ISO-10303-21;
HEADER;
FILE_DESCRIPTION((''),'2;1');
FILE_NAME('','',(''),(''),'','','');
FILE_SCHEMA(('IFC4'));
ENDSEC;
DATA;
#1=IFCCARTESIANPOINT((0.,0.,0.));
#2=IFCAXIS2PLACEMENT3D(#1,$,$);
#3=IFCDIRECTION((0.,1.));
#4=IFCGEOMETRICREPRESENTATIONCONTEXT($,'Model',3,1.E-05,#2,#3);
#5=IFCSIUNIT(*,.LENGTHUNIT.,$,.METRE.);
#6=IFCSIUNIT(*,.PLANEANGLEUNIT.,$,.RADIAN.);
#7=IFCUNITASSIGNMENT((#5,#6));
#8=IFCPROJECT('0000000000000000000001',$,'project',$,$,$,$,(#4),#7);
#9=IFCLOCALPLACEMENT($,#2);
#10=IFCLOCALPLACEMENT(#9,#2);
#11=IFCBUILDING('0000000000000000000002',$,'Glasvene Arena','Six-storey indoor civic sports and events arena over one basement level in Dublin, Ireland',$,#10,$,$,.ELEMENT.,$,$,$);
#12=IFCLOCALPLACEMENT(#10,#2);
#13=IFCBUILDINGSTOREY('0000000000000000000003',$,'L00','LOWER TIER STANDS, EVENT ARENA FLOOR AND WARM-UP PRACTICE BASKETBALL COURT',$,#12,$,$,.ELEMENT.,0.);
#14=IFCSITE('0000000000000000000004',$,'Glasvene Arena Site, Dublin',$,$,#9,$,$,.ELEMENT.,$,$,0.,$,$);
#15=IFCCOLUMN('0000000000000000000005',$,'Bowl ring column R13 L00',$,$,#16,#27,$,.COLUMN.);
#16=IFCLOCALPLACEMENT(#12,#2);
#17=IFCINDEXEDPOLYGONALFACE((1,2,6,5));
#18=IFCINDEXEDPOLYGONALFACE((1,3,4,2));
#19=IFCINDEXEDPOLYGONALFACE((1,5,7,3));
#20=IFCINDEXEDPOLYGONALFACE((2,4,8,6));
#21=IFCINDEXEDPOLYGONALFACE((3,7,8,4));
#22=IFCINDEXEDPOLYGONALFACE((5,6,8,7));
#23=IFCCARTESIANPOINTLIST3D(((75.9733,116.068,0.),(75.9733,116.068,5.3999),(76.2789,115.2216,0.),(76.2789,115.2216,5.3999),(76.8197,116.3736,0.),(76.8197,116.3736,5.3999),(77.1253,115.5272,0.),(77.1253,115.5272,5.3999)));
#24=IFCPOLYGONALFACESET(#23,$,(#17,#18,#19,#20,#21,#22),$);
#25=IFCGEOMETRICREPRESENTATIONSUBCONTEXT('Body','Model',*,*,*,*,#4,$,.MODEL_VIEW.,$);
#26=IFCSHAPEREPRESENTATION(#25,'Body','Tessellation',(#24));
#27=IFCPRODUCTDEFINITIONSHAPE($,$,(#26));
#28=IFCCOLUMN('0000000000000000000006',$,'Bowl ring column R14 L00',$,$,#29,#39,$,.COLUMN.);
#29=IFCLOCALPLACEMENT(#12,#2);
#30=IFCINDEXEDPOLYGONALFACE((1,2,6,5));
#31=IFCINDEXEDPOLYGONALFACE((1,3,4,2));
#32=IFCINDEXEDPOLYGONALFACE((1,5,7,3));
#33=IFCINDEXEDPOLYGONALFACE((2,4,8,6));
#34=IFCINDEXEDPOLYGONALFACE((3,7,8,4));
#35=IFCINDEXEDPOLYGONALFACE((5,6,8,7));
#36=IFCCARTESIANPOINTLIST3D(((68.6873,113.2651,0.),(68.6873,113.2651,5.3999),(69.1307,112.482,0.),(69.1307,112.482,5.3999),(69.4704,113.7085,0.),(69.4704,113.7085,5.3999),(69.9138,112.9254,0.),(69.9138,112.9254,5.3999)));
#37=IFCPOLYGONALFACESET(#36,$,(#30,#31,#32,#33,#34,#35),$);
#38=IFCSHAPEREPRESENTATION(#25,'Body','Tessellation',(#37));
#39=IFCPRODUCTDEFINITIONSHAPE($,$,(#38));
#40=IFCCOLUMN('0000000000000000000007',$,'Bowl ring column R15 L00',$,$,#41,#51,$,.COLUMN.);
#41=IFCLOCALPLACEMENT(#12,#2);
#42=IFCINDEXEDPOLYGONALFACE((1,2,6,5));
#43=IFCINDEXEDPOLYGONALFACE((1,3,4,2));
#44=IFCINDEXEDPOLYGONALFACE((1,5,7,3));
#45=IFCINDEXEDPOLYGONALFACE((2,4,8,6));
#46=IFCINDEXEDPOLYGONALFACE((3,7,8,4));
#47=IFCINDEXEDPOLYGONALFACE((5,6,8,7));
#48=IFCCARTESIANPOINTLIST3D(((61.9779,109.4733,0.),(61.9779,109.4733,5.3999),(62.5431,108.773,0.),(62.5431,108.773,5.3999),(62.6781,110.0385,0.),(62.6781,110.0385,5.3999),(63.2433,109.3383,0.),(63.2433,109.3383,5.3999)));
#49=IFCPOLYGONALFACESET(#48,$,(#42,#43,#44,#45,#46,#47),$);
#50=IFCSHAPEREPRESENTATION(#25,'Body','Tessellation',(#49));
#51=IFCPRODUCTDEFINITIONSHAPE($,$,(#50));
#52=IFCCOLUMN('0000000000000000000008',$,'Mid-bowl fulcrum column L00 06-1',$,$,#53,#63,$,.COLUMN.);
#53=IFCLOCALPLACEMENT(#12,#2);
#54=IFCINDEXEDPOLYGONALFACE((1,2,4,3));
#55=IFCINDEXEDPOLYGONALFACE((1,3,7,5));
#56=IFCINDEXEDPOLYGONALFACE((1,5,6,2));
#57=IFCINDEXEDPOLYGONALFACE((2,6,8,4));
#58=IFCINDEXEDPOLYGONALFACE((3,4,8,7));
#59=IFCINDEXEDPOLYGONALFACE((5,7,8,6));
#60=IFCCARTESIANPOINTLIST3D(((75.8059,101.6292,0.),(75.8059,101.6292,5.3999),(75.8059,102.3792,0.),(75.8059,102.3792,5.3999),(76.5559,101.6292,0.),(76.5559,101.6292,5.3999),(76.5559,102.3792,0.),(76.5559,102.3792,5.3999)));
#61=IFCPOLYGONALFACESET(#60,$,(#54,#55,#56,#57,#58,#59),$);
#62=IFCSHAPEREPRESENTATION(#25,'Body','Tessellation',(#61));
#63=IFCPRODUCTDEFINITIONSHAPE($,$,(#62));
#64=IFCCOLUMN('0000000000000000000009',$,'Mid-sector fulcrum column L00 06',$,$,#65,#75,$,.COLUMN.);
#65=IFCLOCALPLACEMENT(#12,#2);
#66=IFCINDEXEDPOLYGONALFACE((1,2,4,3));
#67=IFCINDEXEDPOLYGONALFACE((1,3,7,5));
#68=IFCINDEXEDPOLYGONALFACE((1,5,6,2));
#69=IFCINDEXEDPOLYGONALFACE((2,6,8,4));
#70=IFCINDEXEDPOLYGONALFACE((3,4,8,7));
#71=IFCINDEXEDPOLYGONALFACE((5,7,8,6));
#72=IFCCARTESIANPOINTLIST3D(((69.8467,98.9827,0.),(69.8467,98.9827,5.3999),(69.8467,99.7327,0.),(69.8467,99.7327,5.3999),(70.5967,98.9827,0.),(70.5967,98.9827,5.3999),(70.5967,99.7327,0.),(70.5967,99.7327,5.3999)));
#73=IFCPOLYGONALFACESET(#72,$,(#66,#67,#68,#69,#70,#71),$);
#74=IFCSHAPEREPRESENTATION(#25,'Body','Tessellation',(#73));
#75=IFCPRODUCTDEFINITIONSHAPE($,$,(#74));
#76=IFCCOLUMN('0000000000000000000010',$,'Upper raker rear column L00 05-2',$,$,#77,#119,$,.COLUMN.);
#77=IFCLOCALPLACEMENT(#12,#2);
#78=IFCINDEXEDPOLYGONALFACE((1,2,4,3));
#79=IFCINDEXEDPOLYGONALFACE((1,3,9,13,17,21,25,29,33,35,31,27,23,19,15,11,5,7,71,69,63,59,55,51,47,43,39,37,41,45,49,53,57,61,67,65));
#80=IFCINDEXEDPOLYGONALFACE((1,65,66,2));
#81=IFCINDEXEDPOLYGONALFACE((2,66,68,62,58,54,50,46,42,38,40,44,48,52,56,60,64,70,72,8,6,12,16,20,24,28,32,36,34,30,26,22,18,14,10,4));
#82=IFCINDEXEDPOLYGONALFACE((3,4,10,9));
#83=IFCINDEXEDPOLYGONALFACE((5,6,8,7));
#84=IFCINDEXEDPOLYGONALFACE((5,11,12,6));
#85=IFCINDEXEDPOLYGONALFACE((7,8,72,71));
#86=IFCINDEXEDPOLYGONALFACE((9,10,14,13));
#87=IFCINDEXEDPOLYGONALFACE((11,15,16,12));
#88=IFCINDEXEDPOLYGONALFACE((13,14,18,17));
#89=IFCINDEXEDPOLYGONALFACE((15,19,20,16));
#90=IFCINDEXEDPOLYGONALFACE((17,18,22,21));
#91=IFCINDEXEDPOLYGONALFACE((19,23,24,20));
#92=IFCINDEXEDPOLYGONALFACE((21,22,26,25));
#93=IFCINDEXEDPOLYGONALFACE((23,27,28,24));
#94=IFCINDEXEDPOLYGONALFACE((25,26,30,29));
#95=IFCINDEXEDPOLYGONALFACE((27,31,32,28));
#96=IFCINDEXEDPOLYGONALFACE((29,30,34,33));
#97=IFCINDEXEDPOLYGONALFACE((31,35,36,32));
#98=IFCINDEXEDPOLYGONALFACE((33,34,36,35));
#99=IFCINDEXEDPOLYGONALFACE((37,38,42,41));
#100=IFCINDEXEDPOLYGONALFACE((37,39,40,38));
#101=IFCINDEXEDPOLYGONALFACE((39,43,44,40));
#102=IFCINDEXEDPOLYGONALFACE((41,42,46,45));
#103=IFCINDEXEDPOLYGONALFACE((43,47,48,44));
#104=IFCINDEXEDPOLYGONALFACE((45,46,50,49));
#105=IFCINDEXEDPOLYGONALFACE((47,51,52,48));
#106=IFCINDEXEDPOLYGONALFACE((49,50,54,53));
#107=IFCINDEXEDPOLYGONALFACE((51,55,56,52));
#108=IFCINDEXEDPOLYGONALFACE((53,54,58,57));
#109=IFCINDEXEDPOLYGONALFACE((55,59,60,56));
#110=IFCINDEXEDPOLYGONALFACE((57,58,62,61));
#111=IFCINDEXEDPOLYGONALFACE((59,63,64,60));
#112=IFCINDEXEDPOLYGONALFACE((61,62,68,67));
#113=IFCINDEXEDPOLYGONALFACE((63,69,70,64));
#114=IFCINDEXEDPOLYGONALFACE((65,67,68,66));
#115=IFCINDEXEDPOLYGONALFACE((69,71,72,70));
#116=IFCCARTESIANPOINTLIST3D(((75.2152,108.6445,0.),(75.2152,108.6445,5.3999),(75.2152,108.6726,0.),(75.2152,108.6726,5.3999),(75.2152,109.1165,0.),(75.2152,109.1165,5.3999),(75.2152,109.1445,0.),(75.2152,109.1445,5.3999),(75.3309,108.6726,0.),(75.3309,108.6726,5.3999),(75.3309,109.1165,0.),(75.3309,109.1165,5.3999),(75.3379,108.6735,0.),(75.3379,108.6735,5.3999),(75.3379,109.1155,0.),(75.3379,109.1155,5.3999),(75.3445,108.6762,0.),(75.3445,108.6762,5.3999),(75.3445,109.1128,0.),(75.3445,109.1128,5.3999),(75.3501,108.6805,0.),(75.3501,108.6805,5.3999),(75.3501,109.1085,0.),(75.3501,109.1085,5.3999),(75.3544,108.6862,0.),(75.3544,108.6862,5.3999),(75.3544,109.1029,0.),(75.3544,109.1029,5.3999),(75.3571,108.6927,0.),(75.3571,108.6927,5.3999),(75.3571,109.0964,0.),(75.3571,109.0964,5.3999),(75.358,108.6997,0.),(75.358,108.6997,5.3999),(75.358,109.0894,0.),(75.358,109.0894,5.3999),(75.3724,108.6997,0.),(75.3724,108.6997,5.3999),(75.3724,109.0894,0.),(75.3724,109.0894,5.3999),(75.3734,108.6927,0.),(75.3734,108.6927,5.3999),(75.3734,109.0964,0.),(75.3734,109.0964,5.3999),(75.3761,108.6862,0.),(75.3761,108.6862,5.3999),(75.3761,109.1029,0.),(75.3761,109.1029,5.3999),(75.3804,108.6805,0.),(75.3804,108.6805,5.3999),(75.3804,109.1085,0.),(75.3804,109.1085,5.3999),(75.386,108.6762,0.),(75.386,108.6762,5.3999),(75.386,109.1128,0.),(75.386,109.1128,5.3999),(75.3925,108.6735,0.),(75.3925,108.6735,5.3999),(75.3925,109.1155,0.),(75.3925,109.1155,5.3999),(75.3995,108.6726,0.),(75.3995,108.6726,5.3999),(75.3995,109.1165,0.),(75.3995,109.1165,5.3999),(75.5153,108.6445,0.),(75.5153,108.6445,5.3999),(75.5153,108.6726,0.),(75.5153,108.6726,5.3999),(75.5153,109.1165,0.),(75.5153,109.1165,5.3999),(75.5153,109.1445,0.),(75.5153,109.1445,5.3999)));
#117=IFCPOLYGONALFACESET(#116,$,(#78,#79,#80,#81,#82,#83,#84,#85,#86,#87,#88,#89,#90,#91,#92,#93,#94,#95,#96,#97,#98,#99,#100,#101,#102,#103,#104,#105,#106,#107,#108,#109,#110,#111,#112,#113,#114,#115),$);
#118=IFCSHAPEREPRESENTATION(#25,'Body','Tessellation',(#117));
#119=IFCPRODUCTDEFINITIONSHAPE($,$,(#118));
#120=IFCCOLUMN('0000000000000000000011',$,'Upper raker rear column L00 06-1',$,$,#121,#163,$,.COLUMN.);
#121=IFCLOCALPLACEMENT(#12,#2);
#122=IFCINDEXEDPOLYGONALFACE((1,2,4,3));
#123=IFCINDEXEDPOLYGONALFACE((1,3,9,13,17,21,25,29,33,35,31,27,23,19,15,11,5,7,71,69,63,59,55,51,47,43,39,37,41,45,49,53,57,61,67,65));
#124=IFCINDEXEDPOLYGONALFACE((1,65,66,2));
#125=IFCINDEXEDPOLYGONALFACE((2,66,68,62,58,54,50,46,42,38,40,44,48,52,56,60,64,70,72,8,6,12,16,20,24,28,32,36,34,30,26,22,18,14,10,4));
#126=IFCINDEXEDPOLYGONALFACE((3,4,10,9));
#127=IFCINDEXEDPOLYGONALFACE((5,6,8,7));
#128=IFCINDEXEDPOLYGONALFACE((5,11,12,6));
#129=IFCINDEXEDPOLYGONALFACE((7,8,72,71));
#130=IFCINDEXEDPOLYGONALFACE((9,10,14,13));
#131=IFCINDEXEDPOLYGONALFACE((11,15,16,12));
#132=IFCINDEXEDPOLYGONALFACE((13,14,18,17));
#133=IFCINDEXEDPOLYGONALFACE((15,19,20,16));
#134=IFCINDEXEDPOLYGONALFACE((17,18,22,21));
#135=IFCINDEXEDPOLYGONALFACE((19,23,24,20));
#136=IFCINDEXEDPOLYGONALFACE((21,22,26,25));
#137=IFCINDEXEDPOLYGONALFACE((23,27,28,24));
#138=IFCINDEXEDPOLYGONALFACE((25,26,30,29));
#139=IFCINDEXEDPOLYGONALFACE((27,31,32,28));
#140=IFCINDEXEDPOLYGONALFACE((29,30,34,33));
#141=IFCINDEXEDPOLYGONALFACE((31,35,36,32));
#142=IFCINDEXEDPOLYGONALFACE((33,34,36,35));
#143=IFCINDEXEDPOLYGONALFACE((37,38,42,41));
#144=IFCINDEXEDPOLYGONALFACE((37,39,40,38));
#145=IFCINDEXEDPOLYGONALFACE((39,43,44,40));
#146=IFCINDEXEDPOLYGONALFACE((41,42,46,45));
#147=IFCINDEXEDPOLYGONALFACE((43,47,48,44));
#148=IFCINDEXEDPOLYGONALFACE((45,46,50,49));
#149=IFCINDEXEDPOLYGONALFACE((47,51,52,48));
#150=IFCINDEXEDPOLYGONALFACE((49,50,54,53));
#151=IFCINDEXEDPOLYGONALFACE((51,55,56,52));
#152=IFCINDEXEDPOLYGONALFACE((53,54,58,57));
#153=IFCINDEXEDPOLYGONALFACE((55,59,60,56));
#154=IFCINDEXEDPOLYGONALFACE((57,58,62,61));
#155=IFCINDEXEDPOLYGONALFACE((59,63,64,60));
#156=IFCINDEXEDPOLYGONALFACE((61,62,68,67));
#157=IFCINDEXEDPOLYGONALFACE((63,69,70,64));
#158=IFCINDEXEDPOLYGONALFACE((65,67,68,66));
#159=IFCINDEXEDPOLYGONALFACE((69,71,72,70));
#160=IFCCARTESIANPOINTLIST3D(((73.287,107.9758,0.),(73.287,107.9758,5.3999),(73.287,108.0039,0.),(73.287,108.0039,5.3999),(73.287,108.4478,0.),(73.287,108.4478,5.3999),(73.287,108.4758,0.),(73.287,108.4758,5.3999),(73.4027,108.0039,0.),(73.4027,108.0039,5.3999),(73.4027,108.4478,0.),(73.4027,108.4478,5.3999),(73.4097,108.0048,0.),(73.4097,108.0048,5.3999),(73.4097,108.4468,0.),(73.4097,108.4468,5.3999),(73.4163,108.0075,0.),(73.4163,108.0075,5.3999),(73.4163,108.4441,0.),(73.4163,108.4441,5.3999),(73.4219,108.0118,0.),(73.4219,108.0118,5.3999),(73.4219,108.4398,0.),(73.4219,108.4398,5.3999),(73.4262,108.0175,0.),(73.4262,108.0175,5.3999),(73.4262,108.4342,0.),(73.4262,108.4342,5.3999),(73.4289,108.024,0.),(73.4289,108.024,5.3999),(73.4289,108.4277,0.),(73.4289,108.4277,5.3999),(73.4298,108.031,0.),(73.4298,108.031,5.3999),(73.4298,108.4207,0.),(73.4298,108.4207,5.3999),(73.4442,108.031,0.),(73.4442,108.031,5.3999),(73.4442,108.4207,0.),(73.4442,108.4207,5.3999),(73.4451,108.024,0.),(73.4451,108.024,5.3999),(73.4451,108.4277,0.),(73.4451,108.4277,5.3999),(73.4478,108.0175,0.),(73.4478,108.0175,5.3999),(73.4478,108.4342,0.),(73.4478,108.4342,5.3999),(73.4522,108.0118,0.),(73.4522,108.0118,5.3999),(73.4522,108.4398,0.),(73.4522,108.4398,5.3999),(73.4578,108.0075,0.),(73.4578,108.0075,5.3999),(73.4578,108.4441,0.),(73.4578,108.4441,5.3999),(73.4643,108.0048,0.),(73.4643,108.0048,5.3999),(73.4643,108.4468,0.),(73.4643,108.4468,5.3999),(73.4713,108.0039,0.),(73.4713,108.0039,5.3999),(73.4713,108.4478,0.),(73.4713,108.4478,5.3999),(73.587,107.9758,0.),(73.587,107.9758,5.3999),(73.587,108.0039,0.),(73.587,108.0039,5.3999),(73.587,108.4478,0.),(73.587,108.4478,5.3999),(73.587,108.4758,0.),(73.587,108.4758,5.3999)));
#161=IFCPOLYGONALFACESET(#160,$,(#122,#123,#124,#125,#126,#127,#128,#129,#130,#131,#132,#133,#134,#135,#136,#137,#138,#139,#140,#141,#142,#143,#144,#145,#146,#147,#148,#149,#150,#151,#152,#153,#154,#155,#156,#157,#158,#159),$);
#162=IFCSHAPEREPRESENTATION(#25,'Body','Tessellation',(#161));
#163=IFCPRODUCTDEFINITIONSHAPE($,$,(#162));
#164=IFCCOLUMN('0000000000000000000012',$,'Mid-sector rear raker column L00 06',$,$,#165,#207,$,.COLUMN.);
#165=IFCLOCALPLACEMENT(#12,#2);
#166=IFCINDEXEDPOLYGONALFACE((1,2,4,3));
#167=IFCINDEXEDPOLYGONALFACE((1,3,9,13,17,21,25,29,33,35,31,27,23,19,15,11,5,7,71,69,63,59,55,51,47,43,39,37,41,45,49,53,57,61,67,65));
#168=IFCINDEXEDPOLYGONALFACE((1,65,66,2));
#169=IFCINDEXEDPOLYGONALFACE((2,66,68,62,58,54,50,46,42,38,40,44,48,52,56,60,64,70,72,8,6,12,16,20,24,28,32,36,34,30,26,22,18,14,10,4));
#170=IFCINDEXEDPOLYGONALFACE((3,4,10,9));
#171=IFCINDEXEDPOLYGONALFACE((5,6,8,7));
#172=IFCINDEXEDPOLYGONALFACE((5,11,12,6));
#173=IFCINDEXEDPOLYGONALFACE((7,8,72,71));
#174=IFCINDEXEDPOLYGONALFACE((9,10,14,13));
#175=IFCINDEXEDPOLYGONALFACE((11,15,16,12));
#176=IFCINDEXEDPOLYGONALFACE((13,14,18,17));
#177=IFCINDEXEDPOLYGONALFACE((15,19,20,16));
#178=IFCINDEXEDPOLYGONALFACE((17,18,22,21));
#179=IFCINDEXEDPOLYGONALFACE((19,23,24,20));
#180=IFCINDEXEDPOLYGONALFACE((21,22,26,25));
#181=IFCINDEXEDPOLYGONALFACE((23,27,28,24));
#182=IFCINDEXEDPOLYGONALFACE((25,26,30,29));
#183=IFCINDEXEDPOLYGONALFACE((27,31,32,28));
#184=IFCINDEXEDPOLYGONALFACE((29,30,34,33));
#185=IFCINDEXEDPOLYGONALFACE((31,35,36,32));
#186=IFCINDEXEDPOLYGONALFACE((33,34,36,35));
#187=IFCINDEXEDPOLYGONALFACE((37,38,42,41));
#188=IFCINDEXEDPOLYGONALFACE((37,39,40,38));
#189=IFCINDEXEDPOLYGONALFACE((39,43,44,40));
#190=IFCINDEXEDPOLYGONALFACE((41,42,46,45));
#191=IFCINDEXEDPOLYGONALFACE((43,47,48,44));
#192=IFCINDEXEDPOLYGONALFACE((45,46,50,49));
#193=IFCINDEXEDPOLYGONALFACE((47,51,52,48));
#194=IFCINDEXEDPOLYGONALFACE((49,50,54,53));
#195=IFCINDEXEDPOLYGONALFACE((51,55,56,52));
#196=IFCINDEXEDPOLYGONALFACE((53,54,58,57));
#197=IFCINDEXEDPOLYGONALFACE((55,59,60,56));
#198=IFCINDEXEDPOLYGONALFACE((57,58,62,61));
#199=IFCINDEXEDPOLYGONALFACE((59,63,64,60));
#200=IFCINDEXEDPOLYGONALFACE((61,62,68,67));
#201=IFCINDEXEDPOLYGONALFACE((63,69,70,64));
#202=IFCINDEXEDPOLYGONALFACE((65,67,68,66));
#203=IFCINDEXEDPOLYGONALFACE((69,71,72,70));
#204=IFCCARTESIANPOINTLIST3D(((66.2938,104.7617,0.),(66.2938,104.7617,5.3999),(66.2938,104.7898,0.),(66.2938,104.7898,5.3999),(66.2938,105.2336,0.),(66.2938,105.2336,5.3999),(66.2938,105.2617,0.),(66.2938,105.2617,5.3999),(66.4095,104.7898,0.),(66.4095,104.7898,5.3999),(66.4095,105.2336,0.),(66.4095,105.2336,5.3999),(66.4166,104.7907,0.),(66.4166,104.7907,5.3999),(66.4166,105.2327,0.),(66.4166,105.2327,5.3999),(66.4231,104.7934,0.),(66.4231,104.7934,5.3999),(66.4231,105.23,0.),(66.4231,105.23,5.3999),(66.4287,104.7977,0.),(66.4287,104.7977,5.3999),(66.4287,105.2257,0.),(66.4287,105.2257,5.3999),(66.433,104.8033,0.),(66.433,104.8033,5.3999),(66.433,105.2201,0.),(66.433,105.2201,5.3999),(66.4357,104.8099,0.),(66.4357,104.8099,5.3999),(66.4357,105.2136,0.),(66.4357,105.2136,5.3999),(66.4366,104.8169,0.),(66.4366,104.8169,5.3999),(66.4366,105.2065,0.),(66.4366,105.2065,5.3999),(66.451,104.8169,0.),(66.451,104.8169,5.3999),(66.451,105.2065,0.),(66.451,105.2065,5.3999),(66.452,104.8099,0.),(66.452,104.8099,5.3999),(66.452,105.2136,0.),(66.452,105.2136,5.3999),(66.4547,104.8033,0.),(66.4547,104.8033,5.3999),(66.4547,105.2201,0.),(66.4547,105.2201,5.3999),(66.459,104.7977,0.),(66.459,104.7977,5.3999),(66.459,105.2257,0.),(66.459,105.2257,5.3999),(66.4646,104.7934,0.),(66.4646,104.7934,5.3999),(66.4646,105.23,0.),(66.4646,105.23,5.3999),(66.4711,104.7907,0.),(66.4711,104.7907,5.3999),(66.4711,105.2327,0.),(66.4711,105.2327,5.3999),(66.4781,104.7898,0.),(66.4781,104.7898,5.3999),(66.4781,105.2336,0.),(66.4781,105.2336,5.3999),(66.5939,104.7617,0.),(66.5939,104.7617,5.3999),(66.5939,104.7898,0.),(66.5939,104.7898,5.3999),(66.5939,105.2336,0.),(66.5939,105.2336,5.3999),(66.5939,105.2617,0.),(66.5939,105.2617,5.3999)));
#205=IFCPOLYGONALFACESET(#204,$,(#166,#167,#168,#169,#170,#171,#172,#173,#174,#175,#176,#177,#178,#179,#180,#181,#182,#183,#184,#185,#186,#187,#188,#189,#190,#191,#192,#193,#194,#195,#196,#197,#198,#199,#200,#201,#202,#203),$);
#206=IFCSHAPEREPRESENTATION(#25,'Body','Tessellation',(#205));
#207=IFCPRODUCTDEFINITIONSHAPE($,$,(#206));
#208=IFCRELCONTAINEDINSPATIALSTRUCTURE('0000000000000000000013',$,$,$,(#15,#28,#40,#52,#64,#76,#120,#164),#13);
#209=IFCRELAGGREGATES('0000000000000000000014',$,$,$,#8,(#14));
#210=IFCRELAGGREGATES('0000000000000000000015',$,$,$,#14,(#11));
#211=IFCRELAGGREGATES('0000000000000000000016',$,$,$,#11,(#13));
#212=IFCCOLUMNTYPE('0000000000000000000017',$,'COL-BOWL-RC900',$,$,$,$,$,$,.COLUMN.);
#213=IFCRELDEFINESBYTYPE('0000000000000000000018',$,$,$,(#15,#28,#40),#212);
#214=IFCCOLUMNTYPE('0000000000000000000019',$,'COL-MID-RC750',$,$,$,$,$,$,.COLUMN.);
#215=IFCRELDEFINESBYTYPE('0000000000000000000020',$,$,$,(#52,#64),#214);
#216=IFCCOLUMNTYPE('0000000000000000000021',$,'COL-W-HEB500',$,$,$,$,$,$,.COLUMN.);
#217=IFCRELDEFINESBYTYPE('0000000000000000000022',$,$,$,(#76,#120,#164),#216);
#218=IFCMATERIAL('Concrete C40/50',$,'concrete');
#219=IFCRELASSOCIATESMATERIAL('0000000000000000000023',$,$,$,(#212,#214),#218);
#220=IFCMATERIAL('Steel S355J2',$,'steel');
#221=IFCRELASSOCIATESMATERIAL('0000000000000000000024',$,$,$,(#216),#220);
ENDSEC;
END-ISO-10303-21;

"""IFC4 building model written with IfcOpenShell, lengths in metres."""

from ifc_helpers import new_model, si_unit, direction, frame, origin, origin_2d, place, context, subcontext, project, spatial, rectangle, i_section, extrude, material, material_profile, profile_set, type_object, element, save


model = new_model("IFC4")

# Units and contexts
model_context = context("Model", 3, precision=1e-05, world=origin(), true_north=direction((0.0, 1.0)))
body_context = subcontext(model_context, "Body", "Model", "MODEL_VIEW")
ifc_project = project(units=[si_unit("LENGTHUNIT", "METRE"), si_unit("PLANEANGLEUNIT", "RADIAN")], contexts=[model_context])

# Site, building, storey
site_placement = place(None, origin())
site = spatial("IfcSite", under=ifc_project, at=site_placement, Name="Glasvene Arena Site, Dublin", CompositionType="ELEMENT", RefElevation=0.0)
building_placement = place(site_placement, origin())
building = spatial("IfcBuilding", under=site, at=building_placement, Name="Glasvene Arena", Description="Six-storey indoor civic sports and events arena over one basement level in Dublin, Ireland", CompositionType="ELEMENT")
storey_placement = place(building_placement, origin())
storey = spatial("IfcBuildingStorey", under=building, at=storey_placement, Name="L00", Description="LOWER TIER STANDS, EVENT ARENA FLOOR AND WARM-UP PRACTICE BASKETBALL COURT", CompositionType="ELEMENT", Elevation=0.0)

# Columns
ifc_material_1 = material(Name="Concrete C40/50", Category="concrete")
ifc_material_profile_1 = material_profile(ifc_material_1, rectangle(XDim=0.8999, YDim=0.8999, at=origin_2d()), Name="RC 900x900")
ifc_profile_set_1 = profile_set([ifc_material_profile_1], Name="Concrete C40/50")
column_type_1 = type_object("IfcColumnType", Name="COL-BOWL-RC900", PredefinedType="COLUMN", material=ifc_profile_set_1)
for number, where, z_axis, x_axis, name in (
    (1, (76.5493, 115.7976, 0.0), (0.0, 0.0, 1.0), (-0.339559, 0.940585, 0.0), "Bowl ring column R13 L00"),
    (2, (69.3005, 113.0952, 0.0), (0.0, 0.0, 1.0), (-0.492727, 0.870184, 0.0), "Bowl ring column R14 L00"),
    (3, (62.6106, 109.4058, 0.0), (0.0, 0.0, 1.0), (-0.628099, 0.778134, 0.0), "Bowl ring column R15 L00"),
):
    element("IfcColumn", number, at=place(storey_placement, frame(where, z_axis=z_axis, x_axis=x_axis)), inside=storey, type_object=column_type_1, Name=name, PredefinedType="COLUMN", context=body_context, shape_type="SweptSolid", body=[
        extrude(rectangle(XDim=0.8999, YDim=0.8999, at=origin_2d()), origin(), (0.0, 0.0, 1.0), 5.3999),
    ])
ifc_material_profile_2 = material_profile(ifc_material_1, rectangle(XDim=0.75, YDim=0.75, at=origin_2d()), Name="RC 750x750")
ifc_profile_set_2 = profile_set([ifc_material_profile_2], Name="Concrete C40/50")
column_type_2 = type_object("IfcColumnType", Name="COL-MID-RC750", PredefinedType="COLUMN", material=ifc_profile_set_2)
for number, where, z_axis, x_axis, name in (
    (4, (76.1809, 102.0042, 0.0), (0.0, 0.0, 1.0), (1.0, 0.0, 0.0), "Mid-bowl fulcrum column L00 06-1"),
    (5, (70.2217, 99.3577, 0.0), (0.0, 0.0, 1.0), (1.0, 0.0, 0.0), "Mid-sector fulcrum column L00 06"),
):
    element("IfcColumn", number, at=place(storey_placement, frame(where, z_axis=z_axis, x_axis=x_axis)), inside=storey, type_object=column_type_2, Name=name, PredefinedType="COLUMN", context=body_context, shape_type="SweptSolid", body=[
        extrude(rectangle(XDim=0.75, YDim=0.75, at=origin_2d()), origin(), (0.0, 0.0, 1.0), 5.3999),
    ])
ifc_material_2 = material(Name="Steel S355J2", Category="steel")
ifc_material_profile_3 = material_profile(ifc_material_2, i_section(OverallWidth=0.3, OverallDepth=0.5, WebThickness=0.0144, FlangeThickness=0.0281, FilletRadius=0.0271, at=origin_2d()), Name="HEB 500")
ifc_profile_set_3 = profile_set([ifc_material_profile_3], Name="Steel S355J2")
column_type_3 = type_object("IfcColumnType", Name="COL-W-HEB500", PredefinedType="COLUMN", material=ifc_profile_set_3)
for number, where, z_axis, x_axis, name in (
    (6, (75.3652, 108.8945, 0.0), (0.0, 0.0, 1.0), (1.0, 0.0, 0.0), "Upper raker rear column L00 05-2"),
    (7, (73.437, 108.2258, 0.0), (0.0, 0.0, 1.0), (1.0, 0.0, 0.0), "Upper raker rear column L00 06-1"),
    (8, (66.4438, 105.0117, 0.0), (0.0, 0.0, 1.0), (1.0, 0.0, 0.0), "Mid-sector rear raker column L00 06"),
):
    element("IfcColumn", number, at=place(storey_placement, frame(where, z_axis=z_axis, x_axis=x_axis)), inside=storey, type_object=column_type_3, Name=name, PredefinedType="COLUMN", context=body_context, shape_type="SweptSolid", body=[
        extrude(i_section(OverallWidth=0.3, OverallDepth=0.5, WebThickness=0.0144, FlangeThickness=0.0281, FilletRadius=0.0271, at=origin_2d()), origin(), (0.0, 0.0, 1.0), 5.3999),
    ])

save(model, "model.ifc")
